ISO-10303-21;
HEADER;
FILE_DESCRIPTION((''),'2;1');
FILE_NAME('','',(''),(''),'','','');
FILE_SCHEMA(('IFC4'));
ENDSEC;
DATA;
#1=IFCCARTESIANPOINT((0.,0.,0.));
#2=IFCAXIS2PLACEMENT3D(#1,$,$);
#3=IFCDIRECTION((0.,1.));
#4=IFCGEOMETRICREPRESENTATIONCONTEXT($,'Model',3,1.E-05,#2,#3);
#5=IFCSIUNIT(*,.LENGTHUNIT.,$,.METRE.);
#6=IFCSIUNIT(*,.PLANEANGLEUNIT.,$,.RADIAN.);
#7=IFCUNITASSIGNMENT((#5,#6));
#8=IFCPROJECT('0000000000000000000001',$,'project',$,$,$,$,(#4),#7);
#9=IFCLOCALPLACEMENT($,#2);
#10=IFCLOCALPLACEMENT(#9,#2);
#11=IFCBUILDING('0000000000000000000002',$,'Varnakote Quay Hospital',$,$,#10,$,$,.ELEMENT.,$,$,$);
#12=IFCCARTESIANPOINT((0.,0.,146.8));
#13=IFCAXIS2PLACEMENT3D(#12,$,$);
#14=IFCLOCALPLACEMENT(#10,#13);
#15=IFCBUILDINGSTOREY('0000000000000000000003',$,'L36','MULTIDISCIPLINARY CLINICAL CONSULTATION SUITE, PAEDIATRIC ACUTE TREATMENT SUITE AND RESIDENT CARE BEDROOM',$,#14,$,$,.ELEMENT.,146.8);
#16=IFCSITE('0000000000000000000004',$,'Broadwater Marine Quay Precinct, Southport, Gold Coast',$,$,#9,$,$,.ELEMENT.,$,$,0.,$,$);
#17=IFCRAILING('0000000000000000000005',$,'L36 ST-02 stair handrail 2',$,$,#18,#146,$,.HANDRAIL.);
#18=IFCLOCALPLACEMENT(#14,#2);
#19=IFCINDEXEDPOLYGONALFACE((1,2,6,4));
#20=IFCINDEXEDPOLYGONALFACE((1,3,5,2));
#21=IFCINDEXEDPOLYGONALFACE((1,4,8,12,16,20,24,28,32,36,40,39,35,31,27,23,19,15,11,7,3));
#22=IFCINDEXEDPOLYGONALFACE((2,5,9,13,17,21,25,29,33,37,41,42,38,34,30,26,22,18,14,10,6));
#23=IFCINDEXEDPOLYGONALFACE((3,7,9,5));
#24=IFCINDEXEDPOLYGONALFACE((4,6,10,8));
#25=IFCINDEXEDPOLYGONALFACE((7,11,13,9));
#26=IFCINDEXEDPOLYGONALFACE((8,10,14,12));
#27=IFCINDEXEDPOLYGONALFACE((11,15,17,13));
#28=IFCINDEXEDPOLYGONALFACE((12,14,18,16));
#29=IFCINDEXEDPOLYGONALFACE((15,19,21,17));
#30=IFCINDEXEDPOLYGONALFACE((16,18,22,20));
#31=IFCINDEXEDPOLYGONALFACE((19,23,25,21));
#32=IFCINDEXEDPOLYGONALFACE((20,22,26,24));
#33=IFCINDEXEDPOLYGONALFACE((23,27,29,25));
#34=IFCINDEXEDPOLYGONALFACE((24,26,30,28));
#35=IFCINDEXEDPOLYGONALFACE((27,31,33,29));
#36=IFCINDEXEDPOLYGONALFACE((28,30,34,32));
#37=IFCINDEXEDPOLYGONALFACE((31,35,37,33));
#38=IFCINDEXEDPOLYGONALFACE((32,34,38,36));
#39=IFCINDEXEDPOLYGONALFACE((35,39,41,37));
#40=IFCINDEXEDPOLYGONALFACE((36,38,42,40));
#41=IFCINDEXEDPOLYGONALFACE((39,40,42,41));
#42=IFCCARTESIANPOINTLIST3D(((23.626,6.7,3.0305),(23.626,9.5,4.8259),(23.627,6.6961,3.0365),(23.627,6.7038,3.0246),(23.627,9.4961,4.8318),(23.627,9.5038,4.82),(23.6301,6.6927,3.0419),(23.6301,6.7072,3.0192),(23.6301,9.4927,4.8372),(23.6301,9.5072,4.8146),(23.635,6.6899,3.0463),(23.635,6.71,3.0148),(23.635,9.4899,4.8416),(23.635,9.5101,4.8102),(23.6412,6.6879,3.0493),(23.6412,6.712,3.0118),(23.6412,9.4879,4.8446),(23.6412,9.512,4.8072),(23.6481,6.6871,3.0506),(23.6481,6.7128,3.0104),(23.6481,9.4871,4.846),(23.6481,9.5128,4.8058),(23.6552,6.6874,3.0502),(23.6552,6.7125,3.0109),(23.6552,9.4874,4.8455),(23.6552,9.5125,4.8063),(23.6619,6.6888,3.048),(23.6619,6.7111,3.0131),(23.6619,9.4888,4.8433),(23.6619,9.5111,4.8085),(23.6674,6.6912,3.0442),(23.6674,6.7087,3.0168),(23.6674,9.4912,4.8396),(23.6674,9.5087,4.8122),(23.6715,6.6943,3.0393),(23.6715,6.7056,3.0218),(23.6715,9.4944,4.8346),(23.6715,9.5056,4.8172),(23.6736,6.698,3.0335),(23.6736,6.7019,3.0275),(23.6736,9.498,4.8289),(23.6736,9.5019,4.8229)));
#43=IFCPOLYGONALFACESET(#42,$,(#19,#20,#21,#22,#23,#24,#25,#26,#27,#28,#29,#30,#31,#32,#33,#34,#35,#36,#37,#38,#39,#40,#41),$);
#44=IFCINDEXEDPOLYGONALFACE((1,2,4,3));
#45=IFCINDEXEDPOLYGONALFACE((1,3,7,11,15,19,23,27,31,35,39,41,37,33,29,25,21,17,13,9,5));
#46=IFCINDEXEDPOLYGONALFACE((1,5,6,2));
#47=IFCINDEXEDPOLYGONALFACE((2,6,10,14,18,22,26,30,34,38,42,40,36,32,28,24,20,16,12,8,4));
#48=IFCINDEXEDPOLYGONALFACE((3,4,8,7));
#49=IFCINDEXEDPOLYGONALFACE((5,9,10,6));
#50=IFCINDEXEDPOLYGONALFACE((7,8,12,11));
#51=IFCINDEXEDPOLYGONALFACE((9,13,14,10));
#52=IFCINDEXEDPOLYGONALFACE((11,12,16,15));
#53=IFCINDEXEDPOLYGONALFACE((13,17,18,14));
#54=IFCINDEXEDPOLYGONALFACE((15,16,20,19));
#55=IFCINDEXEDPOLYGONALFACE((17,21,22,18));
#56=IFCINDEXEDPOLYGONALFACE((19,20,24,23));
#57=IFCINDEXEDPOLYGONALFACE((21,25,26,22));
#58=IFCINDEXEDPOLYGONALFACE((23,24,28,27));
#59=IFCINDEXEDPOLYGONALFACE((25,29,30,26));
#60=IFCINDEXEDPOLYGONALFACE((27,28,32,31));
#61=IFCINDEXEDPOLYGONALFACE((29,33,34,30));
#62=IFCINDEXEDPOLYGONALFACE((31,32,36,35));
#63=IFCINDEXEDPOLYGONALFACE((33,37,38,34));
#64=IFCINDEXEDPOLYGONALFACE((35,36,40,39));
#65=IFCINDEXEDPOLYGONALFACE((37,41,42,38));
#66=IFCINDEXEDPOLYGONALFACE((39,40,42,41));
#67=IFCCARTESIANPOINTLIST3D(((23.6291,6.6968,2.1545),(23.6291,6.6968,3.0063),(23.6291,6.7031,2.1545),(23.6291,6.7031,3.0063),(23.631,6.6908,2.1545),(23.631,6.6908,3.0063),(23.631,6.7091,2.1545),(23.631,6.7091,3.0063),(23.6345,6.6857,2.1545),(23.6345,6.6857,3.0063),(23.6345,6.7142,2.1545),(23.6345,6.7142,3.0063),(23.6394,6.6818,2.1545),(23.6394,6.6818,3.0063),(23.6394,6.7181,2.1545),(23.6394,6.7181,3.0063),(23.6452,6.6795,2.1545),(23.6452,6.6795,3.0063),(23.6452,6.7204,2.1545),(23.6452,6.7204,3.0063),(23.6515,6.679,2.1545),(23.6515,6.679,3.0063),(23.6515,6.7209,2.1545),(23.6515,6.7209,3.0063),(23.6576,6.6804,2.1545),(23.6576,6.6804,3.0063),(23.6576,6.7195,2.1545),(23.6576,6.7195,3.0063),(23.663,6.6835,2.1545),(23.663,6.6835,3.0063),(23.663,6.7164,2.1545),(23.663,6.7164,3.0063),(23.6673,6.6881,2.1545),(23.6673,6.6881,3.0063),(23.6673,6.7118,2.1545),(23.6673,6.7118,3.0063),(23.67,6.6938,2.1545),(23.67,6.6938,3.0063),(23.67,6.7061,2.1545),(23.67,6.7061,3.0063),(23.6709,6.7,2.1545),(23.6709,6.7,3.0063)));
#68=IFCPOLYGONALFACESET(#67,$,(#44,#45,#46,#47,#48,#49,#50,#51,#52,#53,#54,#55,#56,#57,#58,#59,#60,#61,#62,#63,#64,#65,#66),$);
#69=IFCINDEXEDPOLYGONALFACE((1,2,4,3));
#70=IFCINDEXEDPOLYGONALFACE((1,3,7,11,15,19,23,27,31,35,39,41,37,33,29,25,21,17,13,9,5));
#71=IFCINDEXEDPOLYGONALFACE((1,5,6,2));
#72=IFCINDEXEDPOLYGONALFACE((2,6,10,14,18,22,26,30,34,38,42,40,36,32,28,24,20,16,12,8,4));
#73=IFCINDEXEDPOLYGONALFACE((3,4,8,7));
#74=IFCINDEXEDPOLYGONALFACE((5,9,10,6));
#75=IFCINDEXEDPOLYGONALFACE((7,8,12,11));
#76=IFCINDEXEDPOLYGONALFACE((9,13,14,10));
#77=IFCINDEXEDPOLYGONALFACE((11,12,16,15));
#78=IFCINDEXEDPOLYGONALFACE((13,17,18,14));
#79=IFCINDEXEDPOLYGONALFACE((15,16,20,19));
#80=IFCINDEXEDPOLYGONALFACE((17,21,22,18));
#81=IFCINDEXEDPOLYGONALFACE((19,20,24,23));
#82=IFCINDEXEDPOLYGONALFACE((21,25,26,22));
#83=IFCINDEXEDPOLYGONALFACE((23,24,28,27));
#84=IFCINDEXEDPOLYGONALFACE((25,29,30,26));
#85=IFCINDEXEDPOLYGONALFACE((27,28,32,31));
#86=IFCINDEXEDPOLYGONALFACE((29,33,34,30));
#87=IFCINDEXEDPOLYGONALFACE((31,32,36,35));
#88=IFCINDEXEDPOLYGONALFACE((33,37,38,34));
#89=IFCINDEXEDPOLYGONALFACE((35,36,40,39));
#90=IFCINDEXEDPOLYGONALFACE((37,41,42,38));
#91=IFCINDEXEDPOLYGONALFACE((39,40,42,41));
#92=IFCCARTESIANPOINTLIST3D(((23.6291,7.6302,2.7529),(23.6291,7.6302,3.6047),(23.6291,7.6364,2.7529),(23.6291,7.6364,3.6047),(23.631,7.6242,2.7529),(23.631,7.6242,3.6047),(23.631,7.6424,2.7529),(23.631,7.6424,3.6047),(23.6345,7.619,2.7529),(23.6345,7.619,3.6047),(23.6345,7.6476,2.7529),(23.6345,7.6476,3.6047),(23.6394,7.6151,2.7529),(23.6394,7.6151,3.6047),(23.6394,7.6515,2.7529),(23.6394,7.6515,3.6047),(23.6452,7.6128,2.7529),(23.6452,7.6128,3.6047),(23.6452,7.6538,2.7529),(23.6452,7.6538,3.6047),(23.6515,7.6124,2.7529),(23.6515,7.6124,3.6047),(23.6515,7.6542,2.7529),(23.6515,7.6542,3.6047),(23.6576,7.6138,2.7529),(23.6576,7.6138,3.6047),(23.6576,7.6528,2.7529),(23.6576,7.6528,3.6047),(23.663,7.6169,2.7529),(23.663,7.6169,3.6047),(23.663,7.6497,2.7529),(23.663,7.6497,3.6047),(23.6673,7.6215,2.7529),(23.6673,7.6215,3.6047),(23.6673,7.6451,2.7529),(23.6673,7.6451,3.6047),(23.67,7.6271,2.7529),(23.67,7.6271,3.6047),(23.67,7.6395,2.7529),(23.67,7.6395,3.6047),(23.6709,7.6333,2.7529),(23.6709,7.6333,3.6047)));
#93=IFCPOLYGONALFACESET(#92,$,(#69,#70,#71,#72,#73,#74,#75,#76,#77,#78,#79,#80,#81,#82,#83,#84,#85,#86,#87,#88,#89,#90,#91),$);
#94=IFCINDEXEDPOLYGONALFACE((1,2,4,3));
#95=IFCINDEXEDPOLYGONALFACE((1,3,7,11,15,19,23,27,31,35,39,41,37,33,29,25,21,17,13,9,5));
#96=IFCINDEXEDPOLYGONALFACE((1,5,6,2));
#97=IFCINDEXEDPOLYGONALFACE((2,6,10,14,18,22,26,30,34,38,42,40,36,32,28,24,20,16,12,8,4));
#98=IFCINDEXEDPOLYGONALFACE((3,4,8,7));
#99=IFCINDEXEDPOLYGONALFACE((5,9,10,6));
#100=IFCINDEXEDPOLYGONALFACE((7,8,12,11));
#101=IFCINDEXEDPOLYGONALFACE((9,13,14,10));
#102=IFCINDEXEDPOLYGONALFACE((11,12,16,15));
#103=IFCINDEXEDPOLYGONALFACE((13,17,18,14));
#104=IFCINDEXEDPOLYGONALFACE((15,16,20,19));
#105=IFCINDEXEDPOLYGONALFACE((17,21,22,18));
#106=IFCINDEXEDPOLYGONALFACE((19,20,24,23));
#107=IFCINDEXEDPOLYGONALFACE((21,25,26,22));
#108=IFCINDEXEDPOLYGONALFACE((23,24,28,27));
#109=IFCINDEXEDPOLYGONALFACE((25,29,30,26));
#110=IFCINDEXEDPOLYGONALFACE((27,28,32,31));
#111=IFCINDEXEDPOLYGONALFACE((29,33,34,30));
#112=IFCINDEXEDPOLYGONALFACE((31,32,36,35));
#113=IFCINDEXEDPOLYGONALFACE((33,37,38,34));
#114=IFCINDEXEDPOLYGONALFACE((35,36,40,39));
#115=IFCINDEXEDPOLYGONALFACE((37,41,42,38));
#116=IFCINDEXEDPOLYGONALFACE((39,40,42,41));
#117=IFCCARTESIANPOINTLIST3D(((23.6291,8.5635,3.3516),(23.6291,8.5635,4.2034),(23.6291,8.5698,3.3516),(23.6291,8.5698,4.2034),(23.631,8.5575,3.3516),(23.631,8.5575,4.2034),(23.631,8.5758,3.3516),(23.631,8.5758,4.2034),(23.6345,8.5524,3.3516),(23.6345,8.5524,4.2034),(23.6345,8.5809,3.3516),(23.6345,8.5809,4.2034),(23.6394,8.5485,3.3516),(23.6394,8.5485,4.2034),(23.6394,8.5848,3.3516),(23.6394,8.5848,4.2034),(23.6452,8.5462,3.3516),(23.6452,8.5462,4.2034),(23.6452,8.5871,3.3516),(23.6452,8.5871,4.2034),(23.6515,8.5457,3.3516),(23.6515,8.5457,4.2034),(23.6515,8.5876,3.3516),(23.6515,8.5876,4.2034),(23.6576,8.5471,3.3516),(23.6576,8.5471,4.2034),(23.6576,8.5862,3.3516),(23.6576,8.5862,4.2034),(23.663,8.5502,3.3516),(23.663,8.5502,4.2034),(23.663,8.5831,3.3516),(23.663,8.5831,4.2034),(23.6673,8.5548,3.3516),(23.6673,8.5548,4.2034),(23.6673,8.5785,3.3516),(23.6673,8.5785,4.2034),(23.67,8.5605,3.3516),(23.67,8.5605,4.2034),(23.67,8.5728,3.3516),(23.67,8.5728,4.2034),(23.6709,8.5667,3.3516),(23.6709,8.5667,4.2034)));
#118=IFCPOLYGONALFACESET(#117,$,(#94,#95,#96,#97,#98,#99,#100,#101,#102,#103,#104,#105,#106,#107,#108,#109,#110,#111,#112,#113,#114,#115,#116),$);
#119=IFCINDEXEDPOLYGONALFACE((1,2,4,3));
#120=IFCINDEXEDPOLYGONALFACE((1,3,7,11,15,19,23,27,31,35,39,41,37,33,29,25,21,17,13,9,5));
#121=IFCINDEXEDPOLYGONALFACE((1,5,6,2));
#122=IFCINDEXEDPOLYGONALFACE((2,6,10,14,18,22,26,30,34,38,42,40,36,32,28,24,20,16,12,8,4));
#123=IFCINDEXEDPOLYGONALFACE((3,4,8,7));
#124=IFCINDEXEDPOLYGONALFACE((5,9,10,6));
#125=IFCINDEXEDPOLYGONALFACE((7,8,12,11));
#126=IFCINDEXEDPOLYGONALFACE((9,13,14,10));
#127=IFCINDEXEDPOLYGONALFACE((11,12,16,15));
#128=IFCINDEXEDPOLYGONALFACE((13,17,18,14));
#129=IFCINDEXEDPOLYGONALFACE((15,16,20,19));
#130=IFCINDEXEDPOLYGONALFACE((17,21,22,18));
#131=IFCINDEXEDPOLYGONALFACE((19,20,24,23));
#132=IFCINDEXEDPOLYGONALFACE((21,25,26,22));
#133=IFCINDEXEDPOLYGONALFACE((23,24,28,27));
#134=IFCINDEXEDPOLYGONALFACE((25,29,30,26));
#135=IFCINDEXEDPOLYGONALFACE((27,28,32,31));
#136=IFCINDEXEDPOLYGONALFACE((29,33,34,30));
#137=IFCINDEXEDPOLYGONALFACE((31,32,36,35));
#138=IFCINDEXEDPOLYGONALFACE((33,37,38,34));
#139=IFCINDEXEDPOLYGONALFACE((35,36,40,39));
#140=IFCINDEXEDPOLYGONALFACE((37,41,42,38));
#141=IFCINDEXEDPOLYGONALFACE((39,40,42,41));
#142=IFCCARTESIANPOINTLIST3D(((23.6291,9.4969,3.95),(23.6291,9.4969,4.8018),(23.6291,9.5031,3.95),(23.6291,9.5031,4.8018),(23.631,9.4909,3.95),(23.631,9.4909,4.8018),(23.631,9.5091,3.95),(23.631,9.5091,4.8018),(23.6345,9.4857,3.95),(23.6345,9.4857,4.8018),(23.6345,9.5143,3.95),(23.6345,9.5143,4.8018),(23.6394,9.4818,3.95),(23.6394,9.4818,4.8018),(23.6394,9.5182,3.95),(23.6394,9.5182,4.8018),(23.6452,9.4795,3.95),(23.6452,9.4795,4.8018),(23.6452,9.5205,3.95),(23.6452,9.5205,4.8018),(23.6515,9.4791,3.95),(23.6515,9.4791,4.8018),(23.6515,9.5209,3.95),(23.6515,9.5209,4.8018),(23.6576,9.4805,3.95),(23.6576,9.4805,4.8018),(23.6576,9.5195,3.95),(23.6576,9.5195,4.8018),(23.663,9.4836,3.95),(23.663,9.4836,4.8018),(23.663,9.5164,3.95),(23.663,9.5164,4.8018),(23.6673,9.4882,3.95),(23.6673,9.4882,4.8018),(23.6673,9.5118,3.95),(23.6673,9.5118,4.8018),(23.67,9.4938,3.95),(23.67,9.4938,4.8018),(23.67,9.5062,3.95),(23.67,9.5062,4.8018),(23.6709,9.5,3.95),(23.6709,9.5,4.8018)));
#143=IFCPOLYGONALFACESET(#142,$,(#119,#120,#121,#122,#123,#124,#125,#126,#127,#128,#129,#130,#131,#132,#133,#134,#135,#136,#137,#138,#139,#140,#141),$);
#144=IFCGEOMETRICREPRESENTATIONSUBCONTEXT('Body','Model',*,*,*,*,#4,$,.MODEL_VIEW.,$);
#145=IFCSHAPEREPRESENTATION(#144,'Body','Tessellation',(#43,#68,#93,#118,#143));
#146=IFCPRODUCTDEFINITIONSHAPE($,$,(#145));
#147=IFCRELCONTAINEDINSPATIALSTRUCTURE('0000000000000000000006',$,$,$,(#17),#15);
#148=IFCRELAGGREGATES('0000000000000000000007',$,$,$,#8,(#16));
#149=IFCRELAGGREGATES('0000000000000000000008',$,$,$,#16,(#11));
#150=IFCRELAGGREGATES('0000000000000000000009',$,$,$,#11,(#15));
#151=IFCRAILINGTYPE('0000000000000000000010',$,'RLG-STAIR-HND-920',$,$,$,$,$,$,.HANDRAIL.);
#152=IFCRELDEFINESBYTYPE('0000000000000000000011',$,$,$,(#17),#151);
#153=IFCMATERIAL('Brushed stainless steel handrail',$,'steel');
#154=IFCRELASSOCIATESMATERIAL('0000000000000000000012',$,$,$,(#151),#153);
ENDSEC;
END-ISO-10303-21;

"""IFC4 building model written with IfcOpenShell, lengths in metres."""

from ifc_helpers import new_model, si_unit, direction, frame, origin, origin_2d, place, context, subcontext, project, spatial, circle, extrude, material, type_object, element, save


model = new_model("IFC4")

# Units and contexts
model_context = context("Model", 3, precision=1e-05, world=origin(), true_north=direction((0.0, 1.0)))
body_context = subcontext(model_context, "Body", "Model", "MODEL_VIEW")
ifc_project = project(units=[si_unit("LENGTHUNIT", "METRE"), si_unit("PLANEANGLEUNIT", "RADIAN")], contexts=[model_context])

# Site, building, storey
site_placement = place(None, origin())
site = spatial("IfcSite", under=ifc_project, at=site_placement, Name="Broadwater Marine Quay Precinct, Southport, Gold Coast", CompositionType="ELEMENT", RefElevation=0.0)
building_placement = place(site_placement, origin())
building = spatial("IfcBuilding", under=site, at=building_placement, Name="Varnakote Quay Hospital", CompositionType="ELEMENT")
storey_placement = place(building_placement, frame((0.0, 0.0, 146.8)))
storey = spatial("IfcBuildingStorey", under=building, at=storey_placement, Name="L36", Description="MULTIDISCIPLINARY CLINICAL CONSULTATION SUITE, PAEDIATRIC ACUTE TREATMENT SUITE AND RESIDENT CARE BEDROOM", CompositionType="ELEMENT", Elevation=146.8)

# Railing
ifc_material_1 = material(Name="Brushed stainless steel handrail", Category="steel")
railing_type_1 = type_object("IfcRailingType", Name="RLG-STAIR-HND-920", PredefinedType="HANDRAIL", material=ifc_material_1)
railing_1_placement = place(storey_placement, frame((23.6499, 6.7, 2.1545)))
element("IfcRailing", 1, at=railing_1_placement, inside=storey, type_object=railing_type_1, Name="L36 ST-02 stair handrail 2", PredefinedType="HANDRAIL", context=body_context, shape_type="SweptSolid", body=[
    extrude(circle(Radius=0.0239, at=origin_2d()), frame((0.0, 0.0, 0.876), z_axis=(0.0, 0.84181, 0.539774), x_axis=(-1.0, 0.0, 0.0)), (0.0, 0.0, 1.0), 3.3262),
    extrude(circle(Radius=0.021, at=origin_2d()), origin(), (0.0, 0.0, 1.0), 0.8518),
    extrude(circle(Radius=0.021, at=origin_2d()), frame((0.0, 0.9333, 0.5984)), (0.0, 0.0, 1.0), 0.8518),
    extrude(circle(Radius=0.021, at=origin_2d()), frame((0.0, 1.8667, 1.197)), (0.0, 0.0, 1.0), 0.8518),
    extrude(circle(Radius=0.021, at=origin_2d()), frame((0.0, 2.8, 1.7954)), (0.0, 0.0, 1.0), 0.8518),
])

save(model, "model.ifc")
